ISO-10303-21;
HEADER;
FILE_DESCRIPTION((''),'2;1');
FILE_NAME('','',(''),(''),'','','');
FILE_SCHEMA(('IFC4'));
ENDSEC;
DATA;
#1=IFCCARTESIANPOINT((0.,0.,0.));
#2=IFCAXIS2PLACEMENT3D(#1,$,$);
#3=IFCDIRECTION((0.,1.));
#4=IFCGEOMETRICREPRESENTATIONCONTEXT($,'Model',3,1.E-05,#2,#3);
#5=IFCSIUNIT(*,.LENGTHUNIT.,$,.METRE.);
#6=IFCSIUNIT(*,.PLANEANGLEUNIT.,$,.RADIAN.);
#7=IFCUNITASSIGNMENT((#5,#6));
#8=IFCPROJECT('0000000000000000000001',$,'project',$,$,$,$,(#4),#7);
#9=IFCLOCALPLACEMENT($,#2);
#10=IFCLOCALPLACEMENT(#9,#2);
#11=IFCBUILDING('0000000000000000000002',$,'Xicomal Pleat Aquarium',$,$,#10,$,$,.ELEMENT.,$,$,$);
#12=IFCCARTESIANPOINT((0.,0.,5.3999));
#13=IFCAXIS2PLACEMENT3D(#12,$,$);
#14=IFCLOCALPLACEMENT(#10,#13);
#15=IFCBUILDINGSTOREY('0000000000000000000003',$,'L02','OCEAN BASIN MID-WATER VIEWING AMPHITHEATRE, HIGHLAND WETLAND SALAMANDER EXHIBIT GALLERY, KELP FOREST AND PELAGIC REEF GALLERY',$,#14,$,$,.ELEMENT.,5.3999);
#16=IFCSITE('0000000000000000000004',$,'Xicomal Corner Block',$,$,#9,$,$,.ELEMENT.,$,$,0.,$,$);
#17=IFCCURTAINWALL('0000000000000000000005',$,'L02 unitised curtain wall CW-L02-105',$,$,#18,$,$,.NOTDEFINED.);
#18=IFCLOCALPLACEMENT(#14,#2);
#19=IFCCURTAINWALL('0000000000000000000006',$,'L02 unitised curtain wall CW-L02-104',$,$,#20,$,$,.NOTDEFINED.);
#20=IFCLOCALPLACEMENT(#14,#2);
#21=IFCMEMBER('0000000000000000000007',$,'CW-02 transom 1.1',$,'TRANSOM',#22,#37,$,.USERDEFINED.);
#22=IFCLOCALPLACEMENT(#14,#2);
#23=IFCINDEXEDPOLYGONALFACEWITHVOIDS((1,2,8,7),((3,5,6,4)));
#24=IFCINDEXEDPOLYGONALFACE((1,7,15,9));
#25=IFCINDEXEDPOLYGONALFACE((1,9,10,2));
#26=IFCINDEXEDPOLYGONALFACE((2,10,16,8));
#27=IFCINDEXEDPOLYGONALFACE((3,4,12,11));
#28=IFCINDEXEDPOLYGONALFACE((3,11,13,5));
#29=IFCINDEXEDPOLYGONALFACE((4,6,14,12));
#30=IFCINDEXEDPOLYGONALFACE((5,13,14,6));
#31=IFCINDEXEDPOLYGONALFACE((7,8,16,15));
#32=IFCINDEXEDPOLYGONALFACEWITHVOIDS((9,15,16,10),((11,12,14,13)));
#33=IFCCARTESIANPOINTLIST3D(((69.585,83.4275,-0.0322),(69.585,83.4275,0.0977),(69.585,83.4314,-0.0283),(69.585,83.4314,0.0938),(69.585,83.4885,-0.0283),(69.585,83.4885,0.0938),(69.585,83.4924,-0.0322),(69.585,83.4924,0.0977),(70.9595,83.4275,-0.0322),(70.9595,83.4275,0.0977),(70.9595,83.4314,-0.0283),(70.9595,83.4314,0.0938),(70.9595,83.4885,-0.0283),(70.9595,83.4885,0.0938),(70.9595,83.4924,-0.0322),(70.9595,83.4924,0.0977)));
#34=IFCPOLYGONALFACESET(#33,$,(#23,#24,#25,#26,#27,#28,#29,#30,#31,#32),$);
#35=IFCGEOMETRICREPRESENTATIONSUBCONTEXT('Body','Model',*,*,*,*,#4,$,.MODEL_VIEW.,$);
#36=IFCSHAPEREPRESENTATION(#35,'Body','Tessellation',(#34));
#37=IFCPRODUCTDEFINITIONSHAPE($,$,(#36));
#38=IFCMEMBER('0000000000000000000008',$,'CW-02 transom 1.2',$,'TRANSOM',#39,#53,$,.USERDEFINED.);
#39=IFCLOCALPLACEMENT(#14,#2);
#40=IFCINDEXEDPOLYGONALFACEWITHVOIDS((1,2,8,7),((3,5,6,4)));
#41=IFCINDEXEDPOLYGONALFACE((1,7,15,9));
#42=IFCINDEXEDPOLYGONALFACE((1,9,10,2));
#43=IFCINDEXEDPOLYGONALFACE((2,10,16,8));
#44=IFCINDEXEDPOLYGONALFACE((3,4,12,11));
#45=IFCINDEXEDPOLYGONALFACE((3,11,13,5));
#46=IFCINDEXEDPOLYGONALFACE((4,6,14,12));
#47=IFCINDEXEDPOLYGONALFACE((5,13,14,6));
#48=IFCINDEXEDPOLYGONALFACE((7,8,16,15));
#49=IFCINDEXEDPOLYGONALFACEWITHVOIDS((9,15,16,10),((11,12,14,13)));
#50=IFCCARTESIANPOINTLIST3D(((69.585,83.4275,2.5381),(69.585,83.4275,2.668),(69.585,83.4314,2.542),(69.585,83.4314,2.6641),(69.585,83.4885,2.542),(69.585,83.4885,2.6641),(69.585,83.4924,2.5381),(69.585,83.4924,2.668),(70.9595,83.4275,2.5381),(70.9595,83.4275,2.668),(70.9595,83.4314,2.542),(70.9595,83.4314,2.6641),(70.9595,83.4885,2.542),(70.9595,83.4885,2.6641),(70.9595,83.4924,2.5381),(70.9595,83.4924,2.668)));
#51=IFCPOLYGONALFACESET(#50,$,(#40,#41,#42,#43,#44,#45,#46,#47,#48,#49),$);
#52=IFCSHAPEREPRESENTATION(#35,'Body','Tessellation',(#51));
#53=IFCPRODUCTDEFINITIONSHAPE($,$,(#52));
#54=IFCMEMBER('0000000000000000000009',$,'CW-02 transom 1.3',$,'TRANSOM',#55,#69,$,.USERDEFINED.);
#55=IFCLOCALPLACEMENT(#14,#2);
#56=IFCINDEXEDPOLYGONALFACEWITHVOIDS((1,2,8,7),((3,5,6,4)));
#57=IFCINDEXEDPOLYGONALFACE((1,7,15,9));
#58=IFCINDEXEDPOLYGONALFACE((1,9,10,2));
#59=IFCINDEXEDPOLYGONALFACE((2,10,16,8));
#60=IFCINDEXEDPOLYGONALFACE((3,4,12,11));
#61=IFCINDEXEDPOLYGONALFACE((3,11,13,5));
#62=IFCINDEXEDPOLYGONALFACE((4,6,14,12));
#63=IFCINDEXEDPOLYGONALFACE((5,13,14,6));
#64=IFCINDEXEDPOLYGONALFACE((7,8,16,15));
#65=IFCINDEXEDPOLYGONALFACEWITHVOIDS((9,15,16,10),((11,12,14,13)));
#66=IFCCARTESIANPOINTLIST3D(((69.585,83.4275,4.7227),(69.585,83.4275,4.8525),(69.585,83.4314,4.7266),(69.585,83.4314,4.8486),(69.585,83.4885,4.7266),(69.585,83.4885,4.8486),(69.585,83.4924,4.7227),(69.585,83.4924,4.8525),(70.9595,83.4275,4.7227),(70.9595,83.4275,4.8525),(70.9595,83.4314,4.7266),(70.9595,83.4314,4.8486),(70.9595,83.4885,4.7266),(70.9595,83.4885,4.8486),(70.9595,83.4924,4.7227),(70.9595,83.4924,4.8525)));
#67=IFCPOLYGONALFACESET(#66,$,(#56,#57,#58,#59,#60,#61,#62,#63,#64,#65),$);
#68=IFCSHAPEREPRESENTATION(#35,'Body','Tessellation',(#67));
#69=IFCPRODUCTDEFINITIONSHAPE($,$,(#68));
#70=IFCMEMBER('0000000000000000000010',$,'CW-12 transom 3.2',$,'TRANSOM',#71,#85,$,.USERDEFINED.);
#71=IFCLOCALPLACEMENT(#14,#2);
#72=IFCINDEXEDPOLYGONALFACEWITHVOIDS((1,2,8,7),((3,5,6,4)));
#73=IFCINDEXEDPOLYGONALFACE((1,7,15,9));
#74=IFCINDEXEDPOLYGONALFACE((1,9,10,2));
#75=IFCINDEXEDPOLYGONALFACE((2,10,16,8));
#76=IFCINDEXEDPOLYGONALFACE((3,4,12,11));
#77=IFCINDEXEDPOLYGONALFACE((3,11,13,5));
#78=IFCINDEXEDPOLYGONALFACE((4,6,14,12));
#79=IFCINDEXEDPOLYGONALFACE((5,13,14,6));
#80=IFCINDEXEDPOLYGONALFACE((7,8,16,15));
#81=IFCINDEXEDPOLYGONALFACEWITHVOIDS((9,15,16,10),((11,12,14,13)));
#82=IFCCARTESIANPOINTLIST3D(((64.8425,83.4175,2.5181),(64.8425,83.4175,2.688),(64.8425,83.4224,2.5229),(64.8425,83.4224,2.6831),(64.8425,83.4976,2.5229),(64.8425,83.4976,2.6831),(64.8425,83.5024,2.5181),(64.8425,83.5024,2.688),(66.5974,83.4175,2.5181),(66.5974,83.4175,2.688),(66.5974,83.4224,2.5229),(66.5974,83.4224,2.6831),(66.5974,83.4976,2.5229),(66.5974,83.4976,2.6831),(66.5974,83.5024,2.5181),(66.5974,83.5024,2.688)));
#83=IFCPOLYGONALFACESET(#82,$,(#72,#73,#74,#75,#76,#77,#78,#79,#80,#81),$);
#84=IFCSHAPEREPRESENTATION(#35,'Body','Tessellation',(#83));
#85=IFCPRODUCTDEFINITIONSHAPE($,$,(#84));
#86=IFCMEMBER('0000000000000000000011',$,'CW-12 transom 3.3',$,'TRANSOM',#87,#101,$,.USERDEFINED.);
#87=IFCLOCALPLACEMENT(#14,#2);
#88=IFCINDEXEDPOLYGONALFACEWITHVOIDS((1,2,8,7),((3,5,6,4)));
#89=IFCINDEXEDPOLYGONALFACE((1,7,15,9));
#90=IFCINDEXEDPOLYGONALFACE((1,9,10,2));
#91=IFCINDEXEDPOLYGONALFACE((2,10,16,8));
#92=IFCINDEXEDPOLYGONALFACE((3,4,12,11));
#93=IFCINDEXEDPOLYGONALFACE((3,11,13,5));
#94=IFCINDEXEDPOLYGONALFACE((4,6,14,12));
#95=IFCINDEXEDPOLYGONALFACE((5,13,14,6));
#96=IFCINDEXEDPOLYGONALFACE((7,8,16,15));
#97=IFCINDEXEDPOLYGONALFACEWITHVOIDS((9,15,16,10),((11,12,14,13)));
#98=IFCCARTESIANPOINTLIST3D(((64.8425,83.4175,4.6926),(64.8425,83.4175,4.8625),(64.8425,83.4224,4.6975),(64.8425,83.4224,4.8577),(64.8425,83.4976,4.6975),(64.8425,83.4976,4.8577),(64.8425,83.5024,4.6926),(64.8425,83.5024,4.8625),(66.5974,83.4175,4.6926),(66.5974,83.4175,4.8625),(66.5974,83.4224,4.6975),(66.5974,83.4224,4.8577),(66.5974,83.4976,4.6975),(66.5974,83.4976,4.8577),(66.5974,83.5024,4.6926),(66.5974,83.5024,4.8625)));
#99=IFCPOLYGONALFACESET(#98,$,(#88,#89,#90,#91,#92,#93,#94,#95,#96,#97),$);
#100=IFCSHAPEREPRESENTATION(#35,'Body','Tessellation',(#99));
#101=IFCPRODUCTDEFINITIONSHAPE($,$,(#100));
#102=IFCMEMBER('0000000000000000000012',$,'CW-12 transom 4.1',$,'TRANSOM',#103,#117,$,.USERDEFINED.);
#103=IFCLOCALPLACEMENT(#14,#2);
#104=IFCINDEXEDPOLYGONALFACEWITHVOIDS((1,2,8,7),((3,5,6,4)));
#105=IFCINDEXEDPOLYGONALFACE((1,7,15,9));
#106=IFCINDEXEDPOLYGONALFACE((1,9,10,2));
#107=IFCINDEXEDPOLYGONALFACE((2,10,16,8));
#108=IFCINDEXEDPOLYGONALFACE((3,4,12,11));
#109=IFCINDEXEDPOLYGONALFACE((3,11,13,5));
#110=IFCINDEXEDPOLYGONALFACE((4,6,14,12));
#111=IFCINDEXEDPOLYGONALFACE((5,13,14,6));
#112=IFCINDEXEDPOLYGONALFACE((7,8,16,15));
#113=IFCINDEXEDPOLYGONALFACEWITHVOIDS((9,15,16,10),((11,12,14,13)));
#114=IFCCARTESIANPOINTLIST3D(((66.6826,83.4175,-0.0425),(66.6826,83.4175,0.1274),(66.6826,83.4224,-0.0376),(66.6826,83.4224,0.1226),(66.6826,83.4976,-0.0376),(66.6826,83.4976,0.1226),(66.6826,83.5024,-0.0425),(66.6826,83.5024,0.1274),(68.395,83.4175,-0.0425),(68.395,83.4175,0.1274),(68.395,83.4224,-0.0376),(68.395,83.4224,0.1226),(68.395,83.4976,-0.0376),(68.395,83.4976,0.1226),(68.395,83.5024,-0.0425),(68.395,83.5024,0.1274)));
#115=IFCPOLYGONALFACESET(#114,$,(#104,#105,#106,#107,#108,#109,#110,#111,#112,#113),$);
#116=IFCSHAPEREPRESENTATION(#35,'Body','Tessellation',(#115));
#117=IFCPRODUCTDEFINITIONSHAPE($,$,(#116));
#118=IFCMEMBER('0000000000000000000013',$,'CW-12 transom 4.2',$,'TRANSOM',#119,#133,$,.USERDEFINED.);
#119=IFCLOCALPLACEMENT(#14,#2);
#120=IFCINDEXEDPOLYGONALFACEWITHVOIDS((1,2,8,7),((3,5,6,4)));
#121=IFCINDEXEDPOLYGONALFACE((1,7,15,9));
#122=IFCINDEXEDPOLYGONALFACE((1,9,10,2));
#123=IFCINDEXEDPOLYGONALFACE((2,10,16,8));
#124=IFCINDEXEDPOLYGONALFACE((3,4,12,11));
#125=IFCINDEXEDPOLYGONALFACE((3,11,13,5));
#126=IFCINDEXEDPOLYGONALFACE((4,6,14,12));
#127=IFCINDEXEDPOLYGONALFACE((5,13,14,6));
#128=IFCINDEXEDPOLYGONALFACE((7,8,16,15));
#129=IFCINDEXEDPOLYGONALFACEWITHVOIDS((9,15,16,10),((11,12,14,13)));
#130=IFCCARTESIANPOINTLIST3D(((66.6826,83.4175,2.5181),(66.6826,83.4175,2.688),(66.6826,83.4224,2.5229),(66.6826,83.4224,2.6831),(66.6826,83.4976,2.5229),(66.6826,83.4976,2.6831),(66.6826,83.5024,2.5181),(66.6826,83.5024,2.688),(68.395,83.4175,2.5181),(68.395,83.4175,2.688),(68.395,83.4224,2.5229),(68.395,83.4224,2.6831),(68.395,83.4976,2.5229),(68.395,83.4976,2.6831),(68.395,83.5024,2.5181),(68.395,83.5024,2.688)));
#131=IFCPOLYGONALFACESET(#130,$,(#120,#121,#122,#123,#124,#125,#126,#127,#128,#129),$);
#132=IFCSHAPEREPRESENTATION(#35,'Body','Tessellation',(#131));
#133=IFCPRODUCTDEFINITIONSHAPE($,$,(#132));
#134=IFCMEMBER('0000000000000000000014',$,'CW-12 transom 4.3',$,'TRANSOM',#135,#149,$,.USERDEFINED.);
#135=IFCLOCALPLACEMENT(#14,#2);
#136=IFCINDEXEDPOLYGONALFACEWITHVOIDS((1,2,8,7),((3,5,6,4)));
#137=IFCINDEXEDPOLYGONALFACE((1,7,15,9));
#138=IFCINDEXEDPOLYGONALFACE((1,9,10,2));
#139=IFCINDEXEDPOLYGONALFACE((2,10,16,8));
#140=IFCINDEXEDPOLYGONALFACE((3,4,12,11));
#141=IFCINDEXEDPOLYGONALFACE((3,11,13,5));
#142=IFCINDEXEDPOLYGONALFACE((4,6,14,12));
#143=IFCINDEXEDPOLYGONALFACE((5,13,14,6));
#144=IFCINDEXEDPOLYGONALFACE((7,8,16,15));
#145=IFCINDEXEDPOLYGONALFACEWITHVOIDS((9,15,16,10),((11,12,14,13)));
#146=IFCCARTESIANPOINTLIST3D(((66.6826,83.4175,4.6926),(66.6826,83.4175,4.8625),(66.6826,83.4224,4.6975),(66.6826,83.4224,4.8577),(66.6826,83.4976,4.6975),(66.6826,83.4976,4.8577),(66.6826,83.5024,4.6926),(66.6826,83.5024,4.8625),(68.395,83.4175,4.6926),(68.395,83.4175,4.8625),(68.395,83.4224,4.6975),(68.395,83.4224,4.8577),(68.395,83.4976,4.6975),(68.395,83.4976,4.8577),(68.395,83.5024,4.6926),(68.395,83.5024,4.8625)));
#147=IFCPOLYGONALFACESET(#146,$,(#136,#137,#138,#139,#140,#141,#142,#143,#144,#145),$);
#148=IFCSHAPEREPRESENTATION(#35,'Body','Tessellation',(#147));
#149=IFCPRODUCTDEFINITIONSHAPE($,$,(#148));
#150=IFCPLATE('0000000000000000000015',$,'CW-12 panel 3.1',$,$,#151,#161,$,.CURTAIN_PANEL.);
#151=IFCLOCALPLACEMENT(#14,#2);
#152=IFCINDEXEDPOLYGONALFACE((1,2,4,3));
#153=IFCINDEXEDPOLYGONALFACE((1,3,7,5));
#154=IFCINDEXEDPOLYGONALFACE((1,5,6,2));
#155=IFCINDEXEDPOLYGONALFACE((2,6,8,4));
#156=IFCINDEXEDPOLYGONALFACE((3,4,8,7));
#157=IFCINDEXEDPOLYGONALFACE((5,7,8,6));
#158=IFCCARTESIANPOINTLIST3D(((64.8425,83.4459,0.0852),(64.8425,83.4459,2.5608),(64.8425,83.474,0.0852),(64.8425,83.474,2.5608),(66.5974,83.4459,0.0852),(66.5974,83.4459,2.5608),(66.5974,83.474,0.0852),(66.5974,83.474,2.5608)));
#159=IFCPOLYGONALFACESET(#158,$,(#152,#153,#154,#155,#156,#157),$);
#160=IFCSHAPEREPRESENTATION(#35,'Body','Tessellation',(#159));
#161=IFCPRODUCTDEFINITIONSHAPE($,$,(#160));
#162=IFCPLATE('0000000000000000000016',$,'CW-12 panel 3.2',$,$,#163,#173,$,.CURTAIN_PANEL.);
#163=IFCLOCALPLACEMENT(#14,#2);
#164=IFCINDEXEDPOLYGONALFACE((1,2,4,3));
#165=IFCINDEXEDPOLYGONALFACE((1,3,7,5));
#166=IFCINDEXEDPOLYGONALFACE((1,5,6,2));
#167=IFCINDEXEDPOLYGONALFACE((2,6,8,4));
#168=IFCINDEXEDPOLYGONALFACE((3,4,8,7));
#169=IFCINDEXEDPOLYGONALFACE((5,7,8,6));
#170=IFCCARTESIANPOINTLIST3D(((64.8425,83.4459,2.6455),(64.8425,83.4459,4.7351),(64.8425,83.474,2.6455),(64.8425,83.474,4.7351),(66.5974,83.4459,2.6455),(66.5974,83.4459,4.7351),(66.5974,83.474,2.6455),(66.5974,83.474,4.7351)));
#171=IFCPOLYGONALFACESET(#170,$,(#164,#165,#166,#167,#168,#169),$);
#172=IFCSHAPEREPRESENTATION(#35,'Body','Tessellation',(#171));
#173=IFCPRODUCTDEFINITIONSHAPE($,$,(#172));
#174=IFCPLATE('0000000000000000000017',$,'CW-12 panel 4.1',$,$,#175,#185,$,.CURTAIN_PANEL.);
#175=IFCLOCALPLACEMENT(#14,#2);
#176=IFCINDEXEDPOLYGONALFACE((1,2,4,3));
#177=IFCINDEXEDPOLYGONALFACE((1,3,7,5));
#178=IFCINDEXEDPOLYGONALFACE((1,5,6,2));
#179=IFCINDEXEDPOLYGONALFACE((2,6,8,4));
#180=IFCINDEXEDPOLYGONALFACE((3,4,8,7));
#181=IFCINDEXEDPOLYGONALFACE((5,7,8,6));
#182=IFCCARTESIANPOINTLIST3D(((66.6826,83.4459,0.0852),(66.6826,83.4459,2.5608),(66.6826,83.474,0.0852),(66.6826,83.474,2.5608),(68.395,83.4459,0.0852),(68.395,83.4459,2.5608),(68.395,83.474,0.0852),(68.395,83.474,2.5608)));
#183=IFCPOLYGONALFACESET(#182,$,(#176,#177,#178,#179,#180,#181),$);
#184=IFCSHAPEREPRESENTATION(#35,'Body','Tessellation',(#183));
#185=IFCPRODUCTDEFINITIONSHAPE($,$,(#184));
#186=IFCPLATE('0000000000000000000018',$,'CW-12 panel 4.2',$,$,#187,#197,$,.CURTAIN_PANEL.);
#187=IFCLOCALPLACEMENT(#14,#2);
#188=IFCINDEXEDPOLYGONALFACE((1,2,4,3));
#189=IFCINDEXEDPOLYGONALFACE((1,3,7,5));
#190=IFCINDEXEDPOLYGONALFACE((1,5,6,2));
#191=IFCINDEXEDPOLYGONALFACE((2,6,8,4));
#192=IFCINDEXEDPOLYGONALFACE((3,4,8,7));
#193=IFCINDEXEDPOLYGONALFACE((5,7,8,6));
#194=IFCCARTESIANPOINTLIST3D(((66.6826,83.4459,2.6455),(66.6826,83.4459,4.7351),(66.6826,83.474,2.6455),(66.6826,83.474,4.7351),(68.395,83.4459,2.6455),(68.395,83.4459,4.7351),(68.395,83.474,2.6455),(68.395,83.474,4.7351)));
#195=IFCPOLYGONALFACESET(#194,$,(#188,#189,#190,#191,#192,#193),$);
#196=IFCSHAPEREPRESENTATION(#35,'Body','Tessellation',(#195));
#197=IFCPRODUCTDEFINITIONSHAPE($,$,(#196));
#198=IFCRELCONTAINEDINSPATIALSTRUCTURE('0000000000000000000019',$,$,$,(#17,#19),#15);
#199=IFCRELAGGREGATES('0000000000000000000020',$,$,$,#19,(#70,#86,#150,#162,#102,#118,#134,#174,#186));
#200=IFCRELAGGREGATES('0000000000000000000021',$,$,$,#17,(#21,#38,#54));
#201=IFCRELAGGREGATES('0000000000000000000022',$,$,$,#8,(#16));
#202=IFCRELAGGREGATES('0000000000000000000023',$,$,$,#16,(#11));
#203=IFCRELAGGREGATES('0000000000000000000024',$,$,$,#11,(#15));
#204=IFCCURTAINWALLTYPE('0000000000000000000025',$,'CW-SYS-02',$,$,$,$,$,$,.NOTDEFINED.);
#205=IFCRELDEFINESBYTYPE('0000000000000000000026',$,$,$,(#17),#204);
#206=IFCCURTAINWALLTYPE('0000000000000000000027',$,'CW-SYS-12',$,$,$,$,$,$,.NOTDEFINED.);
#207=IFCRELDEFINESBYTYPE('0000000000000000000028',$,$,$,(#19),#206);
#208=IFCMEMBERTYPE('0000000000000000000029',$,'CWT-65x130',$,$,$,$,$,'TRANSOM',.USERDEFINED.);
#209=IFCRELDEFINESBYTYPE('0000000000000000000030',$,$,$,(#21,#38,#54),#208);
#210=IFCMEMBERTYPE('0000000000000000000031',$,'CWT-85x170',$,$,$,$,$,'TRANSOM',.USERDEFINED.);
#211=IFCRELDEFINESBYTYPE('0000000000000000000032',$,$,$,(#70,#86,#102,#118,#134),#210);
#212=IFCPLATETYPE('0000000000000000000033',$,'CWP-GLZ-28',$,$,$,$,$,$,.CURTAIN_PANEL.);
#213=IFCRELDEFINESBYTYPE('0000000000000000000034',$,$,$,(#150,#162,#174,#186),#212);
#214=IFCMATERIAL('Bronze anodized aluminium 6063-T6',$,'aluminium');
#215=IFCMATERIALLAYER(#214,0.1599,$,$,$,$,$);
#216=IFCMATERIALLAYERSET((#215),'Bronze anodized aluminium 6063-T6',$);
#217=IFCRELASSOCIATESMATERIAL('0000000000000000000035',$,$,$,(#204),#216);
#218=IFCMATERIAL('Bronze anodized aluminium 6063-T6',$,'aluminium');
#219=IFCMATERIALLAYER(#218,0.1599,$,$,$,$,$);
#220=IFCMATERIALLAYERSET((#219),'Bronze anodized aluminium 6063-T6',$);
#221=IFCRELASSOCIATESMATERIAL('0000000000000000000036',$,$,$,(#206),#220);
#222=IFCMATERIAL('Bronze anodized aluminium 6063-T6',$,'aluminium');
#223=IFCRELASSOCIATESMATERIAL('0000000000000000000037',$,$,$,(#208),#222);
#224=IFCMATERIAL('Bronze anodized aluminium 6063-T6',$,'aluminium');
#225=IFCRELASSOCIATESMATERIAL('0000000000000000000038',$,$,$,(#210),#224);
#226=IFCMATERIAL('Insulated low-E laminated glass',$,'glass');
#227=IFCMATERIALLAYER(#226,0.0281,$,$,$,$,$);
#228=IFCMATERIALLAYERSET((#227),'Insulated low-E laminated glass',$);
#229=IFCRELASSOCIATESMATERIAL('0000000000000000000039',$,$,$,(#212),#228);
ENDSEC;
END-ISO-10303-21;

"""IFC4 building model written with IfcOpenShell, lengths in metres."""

from ifc_helpers import new_model, si_unit, direction, frame, origin, origin_2d, place, context, subcontext, project, spatial, rectangle, hollow_rectangle, extrude, material, layer, layer_set, material_profile, profile_set, type_object, element, aggregate, save


model = new_model("IFC4")

# Units and contexts
model_context = context("Model", 3, precision=1e-05, world=origin(), true_north=direction((0.0, 1.0)))
body_context = subcontext(model_context, "Body", "Model", "MODEL_VIEW")
ifc_project = project(units=[si_unit("LENGTHUNIT", "METRE"), si_unit("PLANEANGLEUNIT", "RADIAN")], contexts=[model_context])

# Site, building, storey
site_placement = place(None, origin())
site = spatial("IfcSite", under=ifc_project, at=site_placement, Name="Xicomal Corner Block", CompositionType="ELEMENT", RefElevation=0.0)
building_placement = place(site_placement, origin())
building = spatial("IfcBuilding", under=site, at=building_placement, Name="Xicomal Pleat Aquarium", CompositionType="ELEMENT")
storey_placement = place(building_placement, frame((0.0, 0.0, 5.3999)))
storey = spatial("IfcBuildingStorey", under=building, at=storey_placement, Name="L02", Description="OCEAN BASIN MID-WATER VIEWING AMPHITHEATRE, HIGHLAND WETLAND SALAMANDER EXHIBIT GALLERY, KELP FOREST AND PELAGIC REEF GALLERY", CompositionType="ELEMENT", Elevation=5.3999)

# Curtain wall
ifc_material_1 = material(Name="Bronze anodized aluminium 6063-T6", Category="aluminium")
ifc_layer_1 = layer(ifc_material_1, 0.1599)
ifc_layer_set_1 = layer_set([ifc_layer_1], Name="Bronze anodized aluminium 6063-T6")
curtain_wall_type_1 = type_object("IfcCurtainWallType", Name="CW-SYS-02", PredefinedType="NOTDEFINED", material=ifc_layer_set_1)
curtain_wall_1_placement = place(storey_placement, origin())
curtain_wall_1 = element("IfcCurtainWall", 1, at=curtain_wall_1_placement, inside=storey, type_object=curtain_wall_type_1, Name="L02 unitised curtain wall CW-L02-105", PredefinedType="NOTDEFINED")

# Curtain wall
ifc_material_2 = material(Name="Bronze anodized aluminium 6063-T6", Category="aluminium")
ifc_layer_2 = layer(ifc_material_2, 0.1599)
ifc_layer_set_2 = layer_set([ifc_layer_2], Name="Bronze anodized aluminium 6063-T6")
curtain_wall_type_2 = type_object("IfcCurtainWallType", Name="CW-SYS-12", PredefinedType="NOTDEFINED", material=ifc_layer_set_2)
curtain_wall_2_placement = place(storey_placement, origin())
curtain_wall_2 = element("IfcCurtainWall", 2, at=curtain_wall_2_placement, inside=storey, type_object=curtain_wall_type_2, Name="L02 unitised curtain wall CW-L02-104", PredefinedType="NOTDEFINED")

# Members
ifc_material_3 = material(Name="Bronze anodized aluminium 6063-T6", Category="aluminium")
ifc_material_profile_1 = material_profile(ifc_material_3, hollow_rectangle(XDim=0.0649, YDim=0.1299, WallThickness=0.0039, at=origin_2d()), Name="ALU TRAN 65x130")
ifc_profile_set_1 = profile_set([ifc_material_profile_1], Name="Bronze anodized aluminium 6063-T6")
member_type_1 = type_object("IfcMemberType", Name="CWT-65x130", ElementType="TRANSOM", PredefinedType="USERDEFINED", material=ifc_profile_set_1)
member_1_placement = place(storey_placement, frame((69.585, 83.46, 0.0327), z_axis=(1.0, 0.0, 0.0), x_axis=(0.0, 1.0, 0.0)))
member_1 = element("IfcMember", 3, at=member_1_placement, type_object=member_type_1, Name="CW-02 transom 1.1", ObjectType="TRANSOM", PredefinedType="USERDEFINED", context=body_context, shape_type="SweptSolid", body=[
    extrude(hollow_rectangle(XDim=0.0649, YDim=0.1299, WallThickness=0.0039, at=origin_2d()), origin(), (0.0, 0.0, 1.0), 1.3745),
])
member_2_placement = place(storey_placement, frame((69.585, 83.46, 2.603), z_axis=(1.0, 0.0, 0.0), x_axis=(0.0, 1.0, 0.0)))
member_2 = element("IfcMember", 4, at=member_2_placement, type_object=member_type_1, Name="CW-02 transom 1.2", ObjectType="TRANSOM", PredefinedType="USERDEFINED", context=body_context, shape_type="SweptSolid", body=[
    extrude(hollow_rectangle(XDim=0.0649, YDim=0.1299, WallThickness=0.0039, at=origin_2d()), origin(), (0.0, 0.0, 1.0), 1.3745),
])
member_3_placement = place(storey_placement, frame((69.585, 83.46, 4.7876), z_axis=(1.0, 0.0, 0.0), x_axis=(0.0, 1.0, 0.0)))
member_3 = element("IfcMember", 5, at=member_3_placement, type_object=member_type_1, Name="CW-02 transom 1.3", ObjectType="TRANSOM", PredefinedType="USERDEFINED", context=body_context, shape_type="SweptSolid", body=[
    extrude(hollow_rectangle(XDim=0.0649, YDim=0.1299, WallThickness=0.0039, at=origin_2d()), origin(), (0.0, 0.0, 1.0), 1.3745),
])
ifc_material_4 = material(Name="Bronze anodized aluminium 6063-T6", Category="aluminium")
ifc_material_profile_2 = material_profile(ifc_material_4, hollow_rectangle(XDim=0.085, YDim=0.1699, WallThickness=0.0049, at=origin_2d()), Name="ALU TRAN 85x170")
ifc_profile_set_2 = profile_set([ifc_material_profile_2], Name="Bronze anodized aluminium 6063-T6")
member_type_2 = type_object("IfcMemberType", Name="CWT-85x170", ElementType="TRANSOM", PredefinedType="USERDEFINED", material=ifc_profile_set_2)
member_4_placement = place(storey_placement, frame((64.8425, 83.46, 2.603), z_axis=(1.0, 0.0, 0.0), x_axis=(0.0, 1.0, 0.0)))
member_4 = element("IfcMember", 6, at=member_4_placement, type_object=member_type_2, Name="CW-12 transom 3.2", ObjectType="TRANSOM", PredefinedType="USERDEFINED", context=body_context, shape_type="SweptSolid", body=[
    extrude(hollow_rectangle(XDim=0.085, YDim=0.1699, WallThickness=0.0049, at=origin_2d()), origin(), (0.0, 0.0, 1.0), 1.7549),
])
member_5_placement = place(storey_placement, frame((64.8425, 83.46, 4.7776), z_axis=(1.0, 0.0, 0.0), x_axis=(0.0, 1.0, 0.0)))
member_5 = element("IfcMember", 7, at=member_5_placement, type_object=member_type_2, Name="CW-12 transom 3.3", ObjectType="TRANSOM", PredefinedType="USERDEFINED", context=body_context, shape_type="SweptSolid", body=[
    extrude(hollow_rectangle(XDim=0.085, YDim=0.1699, WallThickness=0.0049, at=origin_2d()), origin(), (0.0, 0.0, 1.0), 1.7549),
])
member_6_placement = place(storey_placement, frame((66.6826, 83.46, 0.0425), z_axis=(1.0, 0.0, 0.0), x_axis=(0.0, 1.0, 0.0)))
member_6 = element("IfcMember", 8, at=member_6_placement, type_object=member_type_2, Name="CW-12 transom 4.1", ObjectType="TRANSOM", PredefinedType="USERDEFINED", context=body_context, shape_type="SweptSolid", body=[
    extrude(hollow_rectangle(XDim=0.085, YDim=0.1699, WallThickness=0.0049, at=origin_2d()), origin(), (0.0, 0.0, 1.0), 1.7124),
])
member_7_placement = place(storey_placement, frame((66.6826, 83.46, 2.603), z_axis=(1.0, 0.0, 0.0), x_axis=(0.0, 1.0, 0.0)))
member_7 = element("IfcMember", 9, at=member_7_placement, type_object=member_type_2, Name="CW-12 transom 4.2", ObjectType="TRANSOM", PredefinedType="USERDEFINED", context=body_context, shape_type="SweptSolid", body=[
    extrude(hollow_rectangle(XDim=0.085, YDim=0.1699, WallThickness=0.0049, at=origin_2d()), origin(), (0.0, 0.0, 1.0), 1.7124),
])
member_8_placement = place(storey_placement, frame((66.6826, 83.46, 4.7776), z_axis=(1.0, 0.0, 0.0), x_axis=(0.0, 1.0, 0.0)))
member_8 = element("IfcMember", 10, at=member_8_placement, type_object=member_type_2, Name="CW-12 transom 4.3", ObjectType="TRANSOM", PredefinedType="USERDEFINED", context=body_context, shape_type="SweptSolid", body=[
    extrude(hollow_rectangle(XDim=0.085, YDim=0.1699, WallThickness=0.0049, at=origin_2d()), origin(), (0.0, 0.0, 1.0), 1.7124),
])

# Plates
ifc_material_5 = material(Name="Insulated low-E laminated glass", Category="glass")
ifc_layer_3 = layer(ifc_material_5, 0.0281)
ifc_layer_set_3 = layer_set([ifc_layer_3], Name="Insulated low-E laminated glass")
plate_type_1 = type_object("IfcPlateType", Name="CWP-GLZ-28", PredefinedType="CURTAIN_PANEL", material=ifc_layer_set_3)
plate_1_placement = place(storey_placement, frame((65.72, 83.46, 0.0852), z_axis=(0.0, 0.0, 1.0), x_axis=(1.0, 0.0, 0.0)))
plate_1 = element("IfcPlate", 11, at=plate_1_placement, type_object=plate_type_1, Name="CW-12 panel 3.1", PredefinedType="CURTAIN_PANEL", context=body_context, shape_type="SweptSolid", body=[
    extrude(rectangle(XDim=1.7549, YDim=0.0281, at=origin_2d()), origin(), (0.0, 0.0, 1.0), 2.4756),
])
plate_2_placement = place(storey_placement, frame((65.72, 83.46, 2.6455), z_axis=(0.0, 0.0, 1.0), x_axis=(1.0, 0.0, 0.0)))
plate_2 = element("IfcPlate", 12, at=plate_2_placement, type_object=plate_type_1, Name="CW-12 panel 3.2", PredefinedType="CURTAIN_PANEL", context=body_context, shape_type="SweptSolid", body=[
    extrude(rectangle(XDim=1.7549, YDim=0.0281, at=origin_2d()), origin(), (0.0, 0.0, 1.0), 2.0896),
])
plate_3_placement = place(storey_placement, frame((67.5388, 83.46, 0.0852), z_axis=(0.0, 0.0, 1.0), x_axis=(1.0, 0.0, 0.0)))
plate_3 = element("IfcPlate", 13, at=plate_3_placement, type_object=plate_type_1, Name="CW-12 panel 4.1", PredefinedType="CURTAIN_PANEL", context=body_context, shape_type="SweptSolid", body=[
    extrude(rectangle(XDim=1.7124, YDim=0.0281, at=origin_2d()), origin(), (0.0, 0.0, 1.0), 2.4756),
])
plate_4_placement = place(storey_placement, frame((67.5388, 83.46, 2.6455), z_axis=(0.0, 0.0, 1.0), x_axis=(1.0, 0.0, 0.0)))
plate_4 = element("IfcPlate", 14, at=plate_4_placement, type_object=plate_type_1, Name="CW-12 panel 4.2", PredefinedType="CURTAIN_PANEL", context=body_context, shape_type="SweptSolid", body=[
    extrude(rectangle(XDim=1.7124, YDim=0.0281, at=origin_2d()), origin(), (0.0, 0.0, 1.0), 2.0896),
])
aggregate(curtain_wall_2, [member_4, member_5, plate_1, plate_2, member_6, member_7, member_8, plate_3, plate_4])
aggregate(curtain_wall_1, [member_1, member_2, member_3])

save(model, "model.ifc")
